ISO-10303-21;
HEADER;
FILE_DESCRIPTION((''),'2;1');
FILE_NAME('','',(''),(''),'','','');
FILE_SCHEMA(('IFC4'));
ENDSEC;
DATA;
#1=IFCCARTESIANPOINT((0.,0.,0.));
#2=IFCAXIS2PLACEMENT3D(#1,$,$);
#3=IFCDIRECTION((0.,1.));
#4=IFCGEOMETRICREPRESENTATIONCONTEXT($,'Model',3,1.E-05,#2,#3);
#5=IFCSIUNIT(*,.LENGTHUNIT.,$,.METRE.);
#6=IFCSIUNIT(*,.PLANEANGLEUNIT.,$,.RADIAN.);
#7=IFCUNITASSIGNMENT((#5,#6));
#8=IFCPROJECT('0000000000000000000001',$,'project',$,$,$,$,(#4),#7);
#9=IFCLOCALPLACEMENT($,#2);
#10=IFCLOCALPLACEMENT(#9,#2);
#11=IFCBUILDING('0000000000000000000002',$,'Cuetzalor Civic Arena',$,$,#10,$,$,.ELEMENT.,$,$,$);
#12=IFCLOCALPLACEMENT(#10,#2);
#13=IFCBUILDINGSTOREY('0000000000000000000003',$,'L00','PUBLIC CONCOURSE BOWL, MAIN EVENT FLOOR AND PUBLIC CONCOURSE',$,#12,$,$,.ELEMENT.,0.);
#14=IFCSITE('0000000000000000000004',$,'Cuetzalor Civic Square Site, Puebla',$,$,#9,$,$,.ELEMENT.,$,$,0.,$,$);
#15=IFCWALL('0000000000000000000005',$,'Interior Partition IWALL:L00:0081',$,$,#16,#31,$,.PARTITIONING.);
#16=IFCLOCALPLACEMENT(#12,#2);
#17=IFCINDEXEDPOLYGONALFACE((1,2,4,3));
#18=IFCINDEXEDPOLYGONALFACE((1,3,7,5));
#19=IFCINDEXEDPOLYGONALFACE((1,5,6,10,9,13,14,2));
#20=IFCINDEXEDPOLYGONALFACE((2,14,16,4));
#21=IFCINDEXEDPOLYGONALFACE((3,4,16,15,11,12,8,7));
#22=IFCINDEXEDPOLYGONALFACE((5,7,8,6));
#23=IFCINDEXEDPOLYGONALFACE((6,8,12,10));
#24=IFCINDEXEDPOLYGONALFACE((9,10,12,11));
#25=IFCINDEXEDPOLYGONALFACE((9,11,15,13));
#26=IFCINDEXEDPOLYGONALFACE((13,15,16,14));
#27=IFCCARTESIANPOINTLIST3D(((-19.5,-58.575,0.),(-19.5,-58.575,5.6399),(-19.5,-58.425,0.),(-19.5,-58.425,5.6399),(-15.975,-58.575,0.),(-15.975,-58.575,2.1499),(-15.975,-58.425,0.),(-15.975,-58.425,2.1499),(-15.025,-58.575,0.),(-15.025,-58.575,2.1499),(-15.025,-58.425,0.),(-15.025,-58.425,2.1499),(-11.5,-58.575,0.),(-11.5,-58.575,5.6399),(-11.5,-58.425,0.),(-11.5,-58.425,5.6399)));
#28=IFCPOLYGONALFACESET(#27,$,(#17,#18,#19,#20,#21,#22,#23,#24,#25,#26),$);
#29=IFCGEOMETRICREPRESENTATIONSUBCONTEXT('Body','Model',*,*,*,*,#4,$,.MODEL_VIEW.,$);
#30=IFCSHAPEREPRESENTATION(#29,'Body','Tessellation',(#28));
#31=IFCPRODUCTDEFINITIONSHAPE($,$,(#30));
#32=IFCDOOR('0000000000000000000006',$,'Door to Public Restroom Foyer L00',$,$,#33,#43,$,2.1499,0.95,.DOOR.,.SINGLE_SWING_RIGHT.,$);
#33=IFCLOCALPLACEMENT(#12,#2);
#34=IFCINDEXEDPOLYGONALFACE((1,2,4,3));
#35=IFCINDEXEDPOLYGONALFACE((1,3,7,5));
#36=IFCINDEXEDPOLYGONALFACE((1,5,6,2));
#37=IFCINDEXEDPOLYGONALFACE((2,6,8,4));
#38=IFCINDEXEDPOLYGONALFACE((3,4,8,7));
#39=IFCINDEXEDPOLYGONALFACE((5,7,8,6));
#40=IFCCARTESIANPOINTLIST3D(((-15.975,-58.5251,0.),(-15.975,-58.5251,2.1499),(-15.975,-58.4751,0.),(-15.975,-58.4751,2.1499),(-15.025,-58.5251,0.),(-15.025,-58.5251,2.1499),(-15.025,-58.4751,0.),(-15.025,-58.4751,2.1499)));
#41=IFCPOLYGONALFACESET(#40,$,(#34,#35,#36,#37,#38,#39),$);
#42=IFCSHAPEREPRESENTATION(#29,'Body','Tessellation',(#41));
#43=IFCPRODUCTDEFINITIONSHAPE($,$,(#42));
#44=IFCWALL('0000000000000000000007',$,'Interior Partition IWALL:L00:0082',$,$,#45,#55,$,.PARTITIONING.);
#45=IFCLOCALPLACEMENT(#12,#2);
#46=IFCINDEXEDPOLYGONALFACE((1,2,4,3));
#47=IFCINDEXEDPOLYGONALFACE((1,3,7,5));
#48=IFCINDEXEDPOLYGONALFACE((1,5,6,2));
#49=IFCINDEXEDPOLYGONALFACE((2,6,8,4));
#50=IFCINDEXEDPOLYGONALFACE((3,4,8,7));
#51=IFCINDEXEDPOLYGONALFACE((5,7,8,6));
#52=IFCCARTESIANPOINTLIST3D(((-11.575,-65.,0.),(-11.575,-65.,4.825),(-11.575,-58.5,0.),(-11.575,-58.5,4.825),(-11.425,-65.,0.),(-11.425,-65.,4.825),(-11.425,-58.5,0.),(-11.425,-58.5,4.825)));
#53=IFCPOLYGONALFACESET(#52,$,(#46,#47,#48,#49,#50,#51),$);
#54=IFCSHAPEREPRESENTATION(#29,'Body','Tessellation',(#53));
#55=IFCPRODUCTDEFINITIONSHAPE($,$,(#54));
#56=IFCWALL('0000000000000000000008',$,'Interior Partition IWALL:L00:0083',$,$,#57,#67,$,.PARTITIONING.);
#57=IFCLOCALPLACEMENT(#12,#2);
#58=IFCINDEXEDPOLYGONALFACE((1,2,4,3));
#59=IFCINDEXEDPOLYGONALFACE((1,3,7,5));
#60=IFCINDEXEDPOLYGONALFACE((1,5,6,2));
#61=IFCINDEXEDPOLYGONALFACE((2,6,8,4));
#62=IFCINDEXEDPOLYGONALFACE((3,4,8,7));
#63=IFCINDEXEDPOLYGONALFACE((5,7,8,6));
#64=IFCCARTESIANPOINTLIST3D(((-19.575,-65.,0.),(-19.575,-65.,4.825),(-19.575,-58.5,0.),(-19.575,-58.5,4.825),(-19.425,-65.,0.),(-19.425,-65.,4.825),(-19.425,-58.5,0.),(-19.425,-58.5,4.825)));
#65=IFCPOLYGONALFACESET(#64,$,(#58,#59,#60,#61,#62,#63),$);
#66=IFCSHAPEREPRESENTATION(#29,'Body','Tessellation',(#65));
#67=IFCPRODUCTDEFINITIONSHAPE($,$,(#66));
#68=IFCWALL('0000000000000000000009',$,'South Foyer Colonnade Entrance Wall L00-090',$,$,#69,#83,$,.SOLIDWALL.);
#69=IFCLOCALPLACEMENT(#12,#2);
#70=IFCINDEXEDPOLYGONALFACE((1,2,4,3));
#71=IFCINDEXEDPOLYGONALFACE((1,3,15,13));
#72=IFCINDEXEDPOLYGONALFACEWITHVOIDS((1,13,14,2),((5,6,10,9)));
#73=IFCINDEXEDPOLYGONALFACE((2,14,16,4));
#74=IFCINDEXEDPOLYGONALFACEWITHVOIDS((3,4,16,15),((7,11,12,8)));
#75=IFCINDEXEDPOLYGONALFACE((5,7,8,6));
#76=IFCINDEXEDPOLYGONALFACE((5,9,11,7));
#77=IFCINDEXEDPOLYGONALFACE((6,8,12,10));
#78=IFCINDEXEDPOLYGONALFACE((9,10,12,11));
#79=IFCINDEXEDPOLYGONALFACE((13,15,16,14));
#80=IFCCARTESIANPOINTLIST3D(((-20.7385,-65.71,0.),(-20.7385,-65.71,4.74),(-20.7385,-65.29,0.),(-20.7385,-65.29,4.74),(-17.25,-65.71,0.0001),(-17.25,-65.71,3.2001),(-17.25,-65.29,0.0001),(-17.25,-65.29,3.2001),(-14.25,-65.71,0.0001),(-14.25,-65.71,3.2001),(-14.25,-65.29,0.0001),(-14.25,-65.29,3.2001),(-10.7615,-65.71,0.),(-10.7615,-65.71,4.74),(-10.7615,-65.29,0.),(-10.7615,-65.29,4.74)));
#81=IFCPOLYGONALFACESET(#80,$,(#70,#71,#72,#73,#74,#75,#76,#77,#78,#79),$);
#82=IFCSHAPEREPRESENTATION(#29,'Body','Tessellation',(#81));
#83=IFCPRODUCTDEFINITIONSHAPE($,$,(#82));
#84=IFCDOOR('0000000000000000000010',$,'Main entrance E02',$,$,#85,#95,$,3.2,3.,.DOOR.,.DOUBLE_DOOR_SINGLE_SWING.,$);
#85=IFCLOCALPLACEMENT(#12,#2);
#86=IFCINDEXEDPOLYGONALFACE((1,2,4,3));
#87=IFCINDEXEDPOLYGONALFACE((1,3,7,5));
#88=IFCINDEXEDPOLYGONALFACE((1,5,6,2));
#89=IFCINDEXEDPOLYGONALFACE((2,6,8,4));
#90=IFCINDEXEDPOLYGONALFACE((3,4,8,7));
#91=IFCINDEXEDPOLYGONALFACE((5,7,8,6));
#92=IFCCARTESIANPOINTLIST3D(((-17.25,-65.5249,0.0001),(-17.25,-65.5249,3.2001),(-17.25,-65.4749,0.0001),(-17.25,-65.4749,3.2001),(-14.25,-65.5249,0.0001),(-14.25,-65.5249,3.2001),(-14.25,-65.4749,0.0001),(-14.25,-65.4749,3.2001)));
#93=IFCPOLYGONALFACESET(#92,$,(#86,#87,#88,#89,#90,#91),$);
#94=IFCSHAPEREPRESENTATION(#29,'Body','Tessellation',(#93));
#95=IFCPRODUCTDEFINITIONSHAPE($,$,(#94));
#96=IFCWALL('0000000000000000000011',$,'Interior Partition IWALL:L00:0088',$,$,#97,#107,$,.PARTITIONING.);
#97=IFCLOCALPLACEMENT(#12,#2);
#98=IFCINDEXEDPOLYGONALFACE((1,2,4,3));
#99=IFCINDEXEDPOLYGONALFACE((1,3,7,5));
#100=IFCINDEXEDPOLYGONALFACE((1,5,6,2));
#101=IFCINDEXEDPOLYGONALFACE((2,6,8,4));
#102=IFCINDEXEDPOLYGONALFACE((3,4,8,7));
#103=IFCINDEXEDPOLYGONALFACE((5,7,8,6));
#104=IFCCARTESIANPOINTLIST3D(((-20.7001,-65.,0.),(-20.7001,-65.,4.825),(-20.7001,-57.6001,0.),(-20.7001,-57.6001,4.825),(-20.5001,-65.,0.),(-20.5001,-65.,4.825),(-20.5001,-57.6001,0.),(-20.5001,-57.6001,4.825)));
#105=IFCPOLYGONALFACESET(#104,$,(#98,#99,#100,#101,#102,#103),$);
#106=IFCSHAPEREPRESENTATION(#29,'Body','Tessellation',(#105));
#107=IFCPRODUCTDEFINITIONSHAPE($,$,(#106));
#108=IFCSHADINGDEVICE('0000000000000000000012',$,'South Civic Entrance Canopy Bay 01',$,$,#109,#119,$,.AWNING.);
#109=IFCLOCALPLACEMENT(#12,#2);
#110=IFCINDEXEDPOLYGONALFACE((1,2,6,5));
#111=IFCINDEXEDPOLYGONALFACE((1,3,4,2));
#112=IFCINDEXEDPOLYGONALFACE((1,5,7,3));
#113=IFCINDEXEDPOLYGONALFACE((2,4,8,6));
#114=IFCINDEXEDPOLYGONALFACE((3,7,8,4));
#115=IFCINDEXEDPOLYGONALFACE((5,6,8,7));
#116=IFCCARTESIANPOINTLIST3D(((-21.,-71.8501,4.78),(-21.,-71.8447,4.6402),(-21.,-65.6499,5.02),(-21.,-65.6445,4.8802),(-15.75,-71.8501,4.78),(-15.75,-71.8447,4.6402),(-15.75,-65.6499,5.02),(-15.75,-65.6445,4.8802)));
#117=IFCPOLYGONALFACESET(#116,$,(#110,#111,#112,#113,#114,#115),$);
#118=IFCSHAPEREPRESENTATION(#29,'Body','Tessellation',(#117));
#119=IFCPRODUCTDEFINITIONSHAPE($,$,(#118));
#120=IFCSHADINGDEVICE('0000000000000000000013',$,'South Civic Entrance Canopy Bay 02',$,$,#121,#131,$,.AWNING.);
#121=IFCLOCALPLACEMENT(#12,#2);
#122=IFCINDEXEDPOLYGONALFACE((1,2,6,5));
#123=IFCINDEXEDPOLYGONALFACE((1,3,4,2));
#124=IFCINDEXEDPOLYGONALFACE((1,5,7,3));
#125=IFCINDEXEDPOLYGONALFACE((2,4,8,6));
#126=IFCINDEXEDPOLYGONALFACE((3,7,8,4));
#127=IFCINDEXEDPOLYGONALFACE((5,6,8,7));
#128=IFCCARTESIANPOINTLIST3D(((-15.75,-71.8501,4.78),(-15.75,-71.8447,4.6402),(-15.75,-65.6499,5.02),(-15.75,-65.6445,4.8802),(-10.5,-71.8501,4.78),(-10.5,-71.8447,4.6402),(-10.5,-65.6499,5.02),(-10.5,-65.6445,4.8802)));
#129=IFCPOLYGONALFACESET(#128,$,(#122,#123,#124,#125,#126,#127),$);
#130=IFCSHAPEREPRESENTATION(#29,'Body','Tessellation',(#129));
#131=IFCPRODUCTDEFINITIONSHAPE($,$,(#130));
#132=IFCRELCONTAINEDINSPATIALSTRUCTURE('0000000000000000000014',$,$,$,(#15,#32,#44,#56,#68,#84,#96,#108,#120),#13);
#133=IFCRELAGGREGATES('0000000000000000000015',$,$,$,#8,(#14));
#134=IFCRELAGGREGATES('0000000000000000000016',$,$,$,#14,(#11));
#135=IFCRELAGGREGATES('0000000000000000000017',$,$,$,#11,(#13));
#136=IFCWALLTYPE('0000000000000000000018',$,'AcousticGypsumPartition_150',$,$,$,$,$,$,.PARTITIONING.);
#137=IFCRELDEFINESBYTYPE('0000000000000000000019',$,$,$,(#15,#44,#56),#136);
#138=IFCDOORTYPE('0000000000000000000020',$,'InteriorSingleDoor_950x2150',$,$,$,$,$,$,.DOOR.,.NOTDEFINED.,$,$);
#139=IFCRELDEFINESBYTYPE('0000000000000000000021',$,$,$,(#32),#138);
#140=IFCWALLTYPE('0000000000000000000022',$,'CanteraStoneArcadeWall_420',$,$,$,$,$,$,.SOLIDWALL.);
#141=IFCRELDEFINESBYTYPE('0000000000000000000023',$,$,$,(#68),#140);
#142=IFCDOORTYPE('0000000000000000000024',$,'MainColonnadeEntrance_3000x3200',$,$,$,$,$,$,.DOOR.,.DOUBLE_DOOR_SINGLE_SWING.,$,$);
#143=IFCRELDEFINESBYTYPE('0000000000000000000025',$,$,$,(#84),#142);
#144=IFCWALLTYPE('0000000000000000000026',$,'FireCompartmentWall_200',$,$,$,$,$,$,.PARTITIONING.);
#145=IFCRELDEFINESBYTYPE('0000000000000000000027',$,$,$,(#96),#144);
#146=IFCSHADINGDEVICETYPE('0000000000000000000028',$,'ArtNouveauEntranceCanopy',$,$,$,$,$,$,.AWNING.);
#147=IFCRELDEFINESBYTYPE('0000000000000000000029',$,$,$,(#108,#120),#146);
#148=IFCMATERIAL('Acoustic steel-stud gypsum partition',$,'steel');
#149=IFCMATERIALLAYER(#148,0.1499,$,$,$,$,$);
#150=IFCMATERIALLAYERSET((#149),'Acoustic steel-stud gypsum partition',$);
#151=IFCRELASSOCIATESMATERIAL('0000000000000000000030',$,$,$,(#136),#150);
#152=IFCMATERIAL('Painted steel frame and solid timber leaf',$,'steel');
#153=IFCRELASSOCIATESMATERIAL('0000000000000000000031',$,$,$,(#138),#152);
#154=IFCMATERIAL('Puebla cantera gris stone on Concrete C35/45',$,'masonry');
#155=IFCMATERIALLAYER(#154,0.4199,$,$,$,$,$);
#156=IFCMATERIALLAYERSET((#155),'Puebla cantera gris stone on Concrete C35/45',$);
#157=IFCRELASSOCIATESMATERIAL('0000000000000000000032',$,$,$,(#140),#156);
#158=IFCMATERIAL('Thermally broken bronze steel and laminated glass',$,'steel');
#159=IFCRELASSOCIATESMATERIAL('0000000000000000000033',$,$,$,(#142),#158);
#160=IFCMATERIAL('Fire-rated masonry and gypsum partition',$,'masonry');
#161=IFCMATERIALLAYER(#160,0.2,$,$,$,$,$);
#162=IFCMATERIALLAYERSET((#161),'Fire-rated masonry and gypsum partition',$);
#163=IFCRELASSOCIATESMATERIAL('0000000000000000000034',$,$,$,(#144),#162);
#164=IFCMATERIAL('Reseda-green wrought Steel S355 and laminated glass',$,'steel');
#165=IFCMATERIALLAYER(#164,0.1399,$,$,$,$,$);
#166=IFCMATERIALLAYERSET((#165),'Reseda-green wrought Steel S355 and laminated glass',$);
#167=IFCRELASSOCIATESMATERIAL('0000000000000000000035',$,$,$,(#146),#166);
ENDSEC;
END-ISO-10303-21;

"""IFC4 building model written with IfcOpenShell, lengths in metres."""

from ifc_helpers import new_model, si_unit, direction, frame, frame_2d, origin, place, context, subcontext, project, spatial, polyline, rectangle, outline, extrude, material, layer, layer_set, type_object, element, fill, save


model = new_model("IFC4")

# Units and contexts
model_context = context("Model", 3, precision=1e-05, world=origin(), true_north=direction((0.0, 1.0)))
body_context = subcontext(model_context, "Body", "Model", "MODEL_VIEW")
ifc_project = project(units=[si_unit("LENGTHUNIT", "METRE"), si_unit("PLANEANGLEUNIT", "RADIAN")], contexts=[model_context])

# Site, building, storey
site_placement = place(None, origin())
site = spatial("IfcSite", under=ifc_project, at=site_placement, Name="Cuetzalor Civic Square Site, Puebla", CompositionType="ELEMENT", RefElevation=0.0)
building_placement = place(site_placement, origin())
building = spatial("IfcBuilding", under=site, at=building_placement, Name="Cuetzalor Civic Arena", CompositionType="ELEMENT")
storey_placement = place(building_placement, origin())
storey = spatial("IfcBuildingStorey", under=building, at=storey_placement, Name="L00", Description="PUBLIC CONCOURSE BOWL, MAIN EVENT FLOOR AND PUBLIC CONCOURSE", CompositionType="ELEMENT", Elevation=0.0)

# Wall, opening, door
ifc_material_1 = material(Name="Acoustic steel-stud gypsum partition", Category="steel")
ifc_layer_1 = layer(ifc_material_1, 0.1499)
ifc_layer_set_1 = layer_set([ifc_layer_1], Name="Acoustic steel-stud gypsum partition")
wall_type_1 = type_object("IfcWallType", Name="AcousticGypsumPartition_150", PredefinedType="PARTITIONING", material=ifc_layer_set_1)
wall_1_placement = place(storey_placement, frame((-19.5, -58.5, 0.0), z_axis=(0.0, 0.0, 1.0), x_axis=(1.0, 0.0, 0.0)))
wall_1 = element("IfcWall", 1, at=wall_1_placement, inside=storey, type_object=wall_type_1, Name="Interior Partition IWALL:L00:0081", PredefinedType="PARTITIONING", context=body_context, shape_type="SweptSolid", body=[
    extrude(rectangle(XDim=8.0, YDim=0.1499, at=frame_2d((4.0, 0.0))), origin(), (0.0, 0.0, 1.0), 5.6399),
])
opening_1_placement = place(wall_1_placement, frame((3.5249, 0.0, 0.0)))
opening_1 = element("IfcOpeningElement", 2, at=opening_1_placement, cuts=wall_1, PredefinedType="OPENING", context=body_context, shape_type="SweptSolid", body=[
    extrude(rectangle(XDim=0.95, YDim=2.1499, at=frame_2d((0.4751, 1.075))), frame((0.0, 0.085, 0.0), z_axis=(0.0, -1.0, 0.0), x_axis=(1.0, 0.0, 0.0)), (0.0, 0.0, 1.0), 0.1699),
])
ifc_material_2 = material(Name="Painted steel frame and solid timber leaf", Category="steel")
door_type_1 = type_object("IfcDoorType", Name="InteriorSingleDoor_950x2150", OperationType="NOTDEFINED", PredefinedType="DOOR", material=ifc_material_2)
door_1_placement = place(opening_1_placement, origin())
door_1 = element("IfcDoor", 3, at=door_1_placement, inside=storey, type_object=door_type_1, Name="Door to Public Restroom Foyer L00", OperationType="SINGLE_SWING_RIGHT", OverallHeight=2.1499, OverallWidth=0.95, PredefinedType="DOOR", context=body_context, shape_type="SweptSolid", body=[
    extrude(rectangle(XDim=0.95, YDim=2.1499, at=frame_2d((0.4751, 1.075))), frame((0.0, 0.0249, 0.0), z_axis=(0.0, -1.0, 0.0), x_axis=(1.0, 0.0, 0.0)), (0.0, 0.0, 1.0), 0.05),
])
fill(opening_1, door_1)

# Walls
for number, where, z_axis, x_axis, name in (
    (4, (-11.5, -58.5, 0.0), (0.0, 0.0, 1.0), (0.0, -1.0, 0.0), "Interior Partition IWALL:L00:0082"),
    (5, (-19.5, -65.0, 0.0), (0.0, 0.0, 1.0), (0.0, 1.0, 0.0), "Interior Partition IWALL:L00:0083"),
):
    element("IfcWall", number, at=place(storey_placement, frame(where, z_axis=z_axis, x_axis=x_axis)), inside=storey, type_object=wall_type_1, Name=name, PredefinedType="PARTITIONING", context=body_context, shape_type="SweptSolid", body=[
        extrude(rectangle(XDim=6.5, YDim=0.1499, at=frame_2d((3.25, 0.0))), origin(), (0.0, 0.0, 1.0), 4.825),
    ])

# Wall, opening, door
ifc_material_3 = material(Name="Puebla cantera gris stone on Concrete C35/45", Category="masonry")
ifc_layer_2 = layer(ifc_material_3, 0.4199)
ifc_layer_set_2 = layer_set([ifc_layer_2], Name="Puebla cantera gris stone on Concrete C35/45")
wall_type_2 = type_object("IfcWallType", Name="CanteraStoneArcadeWall_420", PredefinedType="SOLIDWALL", material=ifc_layer_set_2)
wall_2_placement = place(storey_placement, frame((-10.7615, -65.5, 0.0), z_axis=(0.0, 0.0, 1.0), x_axis=(-1.0, 0.0, 0.0)))
wall_2 = element("IfcWall", 6, at=wall_2_placement, inside=storey, type_object=wall_type_2, Name="South Foyer Colonnade Entrance Wall L00-090", PredefinedType="SOLIDWALL", context=body_context, shape_type="SweptSolid", body=[
    extrude(rectangle(XDim=9.9771, YDim=0.4199, at=frame_2d((4.9885, 0.0))), origin(), (0.0, 0.0, 1.0), 4.74),
])
opening_2_placement = place(wall_2_placement, frame((3.4885, 0.0, 0.0)))
opening_2 = element("IfcOpeningElement", 7, at=opening_2_placement, cuts=wall_2, PredefinedType="OPENING", context=body_context, shape_type="SweptSolid", body=[
    extrude(rectangle(XDim=3.0, YDim=3.2, at=frame_2d((1.5, 1.6001))), frame((0.0, 0.22, 0.0), z_axis=(0.0, -1.0, 0.0), x_axis=(1.0, 0.0, 0.0)), (0.0, 0.0, 1.0), 0.4399),
])
ifc_material_4 = material(Name="Thermally broken bronze steel and laminated glass", Category="steel")
door_type_2 = type_object("IfcDoorType", Name="MainColonnadeEntrance_3000x3200", OperationType="DOUBLE_DOOR_SINGLE_SWING", PredefinedType="DOOR", material=ifc_material_4)
door_2_placement = place(opening_2_placement, origin())
door_2 = element("IfcDoor", 8, at=door_2_placement, inside=storey, type_object=door_type_2, Name="Main entrance E02", OperationType="DOUBLE_DOOR_SINGLE_SWING", OverallHeight=3.2, OverallWidth=3.0, PredefinedType="DOOR", context=body_context, shape_type="SweptSolid", body=[
    extrude(rectangle(XDim=3.0, YDim=3.2, at=frame_2d((1.5, 1.6001))), frame((0.0, 0.0249, 0.0), z_axis=(0.0, -1.0, 0.0), x_axis=(1.0, 0.0, 0.0)), (0.0, 0.0, 1.0), 0.05),
])
fill(opening_2, door_2)

# Wall
ifc_material_5 = material(Name="Fire-rated masonry and gypsum partition", Category="masonry")
ifc_layer_3 = layer(ifc_material_5, 0.2)
ifc_layer_set_3 = layer_set([ifc_layer_3], Name="Fire-rated masonry and gypsum partition")
wall_type_3 = type_object("IfcWallType", Name="FireCompartmentWall_200", PredefinedType="PARTITIONING", material=ifc_layer_set_3)
wall_3_placement = place(storey_placement, frame((-20.6001, -57.6001, 0.0), z_axis=(0.0, 0.0, 1.0), x_axis=(0.0, -1.0, 0.0)))
element("IfcWall", 9, at=wall_3_placement, inside=storey, type_object=wall_type_3, Name="Interior Partition IWALL:L00:0088", PredefinedType="PARTITIONING", context=body_context, shape_type="SweptSolid", body=[
    extrude(rectangle(XDim=7.3999, YDim=0.2, at=frame_2d((3.7, 0.0))), origin(), (0.0, 0.0, 1.0), 4.825),
])

# Shading devices
ifc_material_6 = material(Name="Reseda-green wrought Steel S355 and laminated glass", Category="steel")
ifc_layer_4 = layer(ifc_material_6, 0.1399)
ifc_layer_set_4 = layer_set([ifc_layer_4], Name="Reseda-green wrought Steel S355 and laminated glass")
shading_device_type = type_object("IfcShadingDeviceType", Name="ArtNouveauEntranceCanopy", PredefinedType="AWNING", material=ifc_layer_set_4)
for number, where, z_axis, x_axis, name in (
    (10, (-21.0, -65.6499, 5.02), (0.0, -0.038678, 0.999252), (1.0, 0.0, 0.0), "South Civic Entrance Canopy Bay 01"),
    (11, (-15.75, -65.6499, 5.02), (0.0, -0.038678, 0.999252), (1.0, 0.0, 0.0), "South Civic Entrance Canopy Bay 02"),
):
    element("IfcShadingDevice", number, at=place(storey_placement, frame(where, z_axis=z_axis, x_axis=x_axis)), inside=storey, type_object=shading_device_type, Name=name, PredefinedType="AWNING", context=body_context, shape_type="SweptSolid", body=[
        extrude(outline(polyline([(0.0, 0.0), (5.25, 0.0), (5.25, -6.2048), (0.0, -6.2048), (0.0, 0.0)])), origin(), (0.0, 0.0, -1.0), 0.1399),
    ])

save(model, "model.ifc")
